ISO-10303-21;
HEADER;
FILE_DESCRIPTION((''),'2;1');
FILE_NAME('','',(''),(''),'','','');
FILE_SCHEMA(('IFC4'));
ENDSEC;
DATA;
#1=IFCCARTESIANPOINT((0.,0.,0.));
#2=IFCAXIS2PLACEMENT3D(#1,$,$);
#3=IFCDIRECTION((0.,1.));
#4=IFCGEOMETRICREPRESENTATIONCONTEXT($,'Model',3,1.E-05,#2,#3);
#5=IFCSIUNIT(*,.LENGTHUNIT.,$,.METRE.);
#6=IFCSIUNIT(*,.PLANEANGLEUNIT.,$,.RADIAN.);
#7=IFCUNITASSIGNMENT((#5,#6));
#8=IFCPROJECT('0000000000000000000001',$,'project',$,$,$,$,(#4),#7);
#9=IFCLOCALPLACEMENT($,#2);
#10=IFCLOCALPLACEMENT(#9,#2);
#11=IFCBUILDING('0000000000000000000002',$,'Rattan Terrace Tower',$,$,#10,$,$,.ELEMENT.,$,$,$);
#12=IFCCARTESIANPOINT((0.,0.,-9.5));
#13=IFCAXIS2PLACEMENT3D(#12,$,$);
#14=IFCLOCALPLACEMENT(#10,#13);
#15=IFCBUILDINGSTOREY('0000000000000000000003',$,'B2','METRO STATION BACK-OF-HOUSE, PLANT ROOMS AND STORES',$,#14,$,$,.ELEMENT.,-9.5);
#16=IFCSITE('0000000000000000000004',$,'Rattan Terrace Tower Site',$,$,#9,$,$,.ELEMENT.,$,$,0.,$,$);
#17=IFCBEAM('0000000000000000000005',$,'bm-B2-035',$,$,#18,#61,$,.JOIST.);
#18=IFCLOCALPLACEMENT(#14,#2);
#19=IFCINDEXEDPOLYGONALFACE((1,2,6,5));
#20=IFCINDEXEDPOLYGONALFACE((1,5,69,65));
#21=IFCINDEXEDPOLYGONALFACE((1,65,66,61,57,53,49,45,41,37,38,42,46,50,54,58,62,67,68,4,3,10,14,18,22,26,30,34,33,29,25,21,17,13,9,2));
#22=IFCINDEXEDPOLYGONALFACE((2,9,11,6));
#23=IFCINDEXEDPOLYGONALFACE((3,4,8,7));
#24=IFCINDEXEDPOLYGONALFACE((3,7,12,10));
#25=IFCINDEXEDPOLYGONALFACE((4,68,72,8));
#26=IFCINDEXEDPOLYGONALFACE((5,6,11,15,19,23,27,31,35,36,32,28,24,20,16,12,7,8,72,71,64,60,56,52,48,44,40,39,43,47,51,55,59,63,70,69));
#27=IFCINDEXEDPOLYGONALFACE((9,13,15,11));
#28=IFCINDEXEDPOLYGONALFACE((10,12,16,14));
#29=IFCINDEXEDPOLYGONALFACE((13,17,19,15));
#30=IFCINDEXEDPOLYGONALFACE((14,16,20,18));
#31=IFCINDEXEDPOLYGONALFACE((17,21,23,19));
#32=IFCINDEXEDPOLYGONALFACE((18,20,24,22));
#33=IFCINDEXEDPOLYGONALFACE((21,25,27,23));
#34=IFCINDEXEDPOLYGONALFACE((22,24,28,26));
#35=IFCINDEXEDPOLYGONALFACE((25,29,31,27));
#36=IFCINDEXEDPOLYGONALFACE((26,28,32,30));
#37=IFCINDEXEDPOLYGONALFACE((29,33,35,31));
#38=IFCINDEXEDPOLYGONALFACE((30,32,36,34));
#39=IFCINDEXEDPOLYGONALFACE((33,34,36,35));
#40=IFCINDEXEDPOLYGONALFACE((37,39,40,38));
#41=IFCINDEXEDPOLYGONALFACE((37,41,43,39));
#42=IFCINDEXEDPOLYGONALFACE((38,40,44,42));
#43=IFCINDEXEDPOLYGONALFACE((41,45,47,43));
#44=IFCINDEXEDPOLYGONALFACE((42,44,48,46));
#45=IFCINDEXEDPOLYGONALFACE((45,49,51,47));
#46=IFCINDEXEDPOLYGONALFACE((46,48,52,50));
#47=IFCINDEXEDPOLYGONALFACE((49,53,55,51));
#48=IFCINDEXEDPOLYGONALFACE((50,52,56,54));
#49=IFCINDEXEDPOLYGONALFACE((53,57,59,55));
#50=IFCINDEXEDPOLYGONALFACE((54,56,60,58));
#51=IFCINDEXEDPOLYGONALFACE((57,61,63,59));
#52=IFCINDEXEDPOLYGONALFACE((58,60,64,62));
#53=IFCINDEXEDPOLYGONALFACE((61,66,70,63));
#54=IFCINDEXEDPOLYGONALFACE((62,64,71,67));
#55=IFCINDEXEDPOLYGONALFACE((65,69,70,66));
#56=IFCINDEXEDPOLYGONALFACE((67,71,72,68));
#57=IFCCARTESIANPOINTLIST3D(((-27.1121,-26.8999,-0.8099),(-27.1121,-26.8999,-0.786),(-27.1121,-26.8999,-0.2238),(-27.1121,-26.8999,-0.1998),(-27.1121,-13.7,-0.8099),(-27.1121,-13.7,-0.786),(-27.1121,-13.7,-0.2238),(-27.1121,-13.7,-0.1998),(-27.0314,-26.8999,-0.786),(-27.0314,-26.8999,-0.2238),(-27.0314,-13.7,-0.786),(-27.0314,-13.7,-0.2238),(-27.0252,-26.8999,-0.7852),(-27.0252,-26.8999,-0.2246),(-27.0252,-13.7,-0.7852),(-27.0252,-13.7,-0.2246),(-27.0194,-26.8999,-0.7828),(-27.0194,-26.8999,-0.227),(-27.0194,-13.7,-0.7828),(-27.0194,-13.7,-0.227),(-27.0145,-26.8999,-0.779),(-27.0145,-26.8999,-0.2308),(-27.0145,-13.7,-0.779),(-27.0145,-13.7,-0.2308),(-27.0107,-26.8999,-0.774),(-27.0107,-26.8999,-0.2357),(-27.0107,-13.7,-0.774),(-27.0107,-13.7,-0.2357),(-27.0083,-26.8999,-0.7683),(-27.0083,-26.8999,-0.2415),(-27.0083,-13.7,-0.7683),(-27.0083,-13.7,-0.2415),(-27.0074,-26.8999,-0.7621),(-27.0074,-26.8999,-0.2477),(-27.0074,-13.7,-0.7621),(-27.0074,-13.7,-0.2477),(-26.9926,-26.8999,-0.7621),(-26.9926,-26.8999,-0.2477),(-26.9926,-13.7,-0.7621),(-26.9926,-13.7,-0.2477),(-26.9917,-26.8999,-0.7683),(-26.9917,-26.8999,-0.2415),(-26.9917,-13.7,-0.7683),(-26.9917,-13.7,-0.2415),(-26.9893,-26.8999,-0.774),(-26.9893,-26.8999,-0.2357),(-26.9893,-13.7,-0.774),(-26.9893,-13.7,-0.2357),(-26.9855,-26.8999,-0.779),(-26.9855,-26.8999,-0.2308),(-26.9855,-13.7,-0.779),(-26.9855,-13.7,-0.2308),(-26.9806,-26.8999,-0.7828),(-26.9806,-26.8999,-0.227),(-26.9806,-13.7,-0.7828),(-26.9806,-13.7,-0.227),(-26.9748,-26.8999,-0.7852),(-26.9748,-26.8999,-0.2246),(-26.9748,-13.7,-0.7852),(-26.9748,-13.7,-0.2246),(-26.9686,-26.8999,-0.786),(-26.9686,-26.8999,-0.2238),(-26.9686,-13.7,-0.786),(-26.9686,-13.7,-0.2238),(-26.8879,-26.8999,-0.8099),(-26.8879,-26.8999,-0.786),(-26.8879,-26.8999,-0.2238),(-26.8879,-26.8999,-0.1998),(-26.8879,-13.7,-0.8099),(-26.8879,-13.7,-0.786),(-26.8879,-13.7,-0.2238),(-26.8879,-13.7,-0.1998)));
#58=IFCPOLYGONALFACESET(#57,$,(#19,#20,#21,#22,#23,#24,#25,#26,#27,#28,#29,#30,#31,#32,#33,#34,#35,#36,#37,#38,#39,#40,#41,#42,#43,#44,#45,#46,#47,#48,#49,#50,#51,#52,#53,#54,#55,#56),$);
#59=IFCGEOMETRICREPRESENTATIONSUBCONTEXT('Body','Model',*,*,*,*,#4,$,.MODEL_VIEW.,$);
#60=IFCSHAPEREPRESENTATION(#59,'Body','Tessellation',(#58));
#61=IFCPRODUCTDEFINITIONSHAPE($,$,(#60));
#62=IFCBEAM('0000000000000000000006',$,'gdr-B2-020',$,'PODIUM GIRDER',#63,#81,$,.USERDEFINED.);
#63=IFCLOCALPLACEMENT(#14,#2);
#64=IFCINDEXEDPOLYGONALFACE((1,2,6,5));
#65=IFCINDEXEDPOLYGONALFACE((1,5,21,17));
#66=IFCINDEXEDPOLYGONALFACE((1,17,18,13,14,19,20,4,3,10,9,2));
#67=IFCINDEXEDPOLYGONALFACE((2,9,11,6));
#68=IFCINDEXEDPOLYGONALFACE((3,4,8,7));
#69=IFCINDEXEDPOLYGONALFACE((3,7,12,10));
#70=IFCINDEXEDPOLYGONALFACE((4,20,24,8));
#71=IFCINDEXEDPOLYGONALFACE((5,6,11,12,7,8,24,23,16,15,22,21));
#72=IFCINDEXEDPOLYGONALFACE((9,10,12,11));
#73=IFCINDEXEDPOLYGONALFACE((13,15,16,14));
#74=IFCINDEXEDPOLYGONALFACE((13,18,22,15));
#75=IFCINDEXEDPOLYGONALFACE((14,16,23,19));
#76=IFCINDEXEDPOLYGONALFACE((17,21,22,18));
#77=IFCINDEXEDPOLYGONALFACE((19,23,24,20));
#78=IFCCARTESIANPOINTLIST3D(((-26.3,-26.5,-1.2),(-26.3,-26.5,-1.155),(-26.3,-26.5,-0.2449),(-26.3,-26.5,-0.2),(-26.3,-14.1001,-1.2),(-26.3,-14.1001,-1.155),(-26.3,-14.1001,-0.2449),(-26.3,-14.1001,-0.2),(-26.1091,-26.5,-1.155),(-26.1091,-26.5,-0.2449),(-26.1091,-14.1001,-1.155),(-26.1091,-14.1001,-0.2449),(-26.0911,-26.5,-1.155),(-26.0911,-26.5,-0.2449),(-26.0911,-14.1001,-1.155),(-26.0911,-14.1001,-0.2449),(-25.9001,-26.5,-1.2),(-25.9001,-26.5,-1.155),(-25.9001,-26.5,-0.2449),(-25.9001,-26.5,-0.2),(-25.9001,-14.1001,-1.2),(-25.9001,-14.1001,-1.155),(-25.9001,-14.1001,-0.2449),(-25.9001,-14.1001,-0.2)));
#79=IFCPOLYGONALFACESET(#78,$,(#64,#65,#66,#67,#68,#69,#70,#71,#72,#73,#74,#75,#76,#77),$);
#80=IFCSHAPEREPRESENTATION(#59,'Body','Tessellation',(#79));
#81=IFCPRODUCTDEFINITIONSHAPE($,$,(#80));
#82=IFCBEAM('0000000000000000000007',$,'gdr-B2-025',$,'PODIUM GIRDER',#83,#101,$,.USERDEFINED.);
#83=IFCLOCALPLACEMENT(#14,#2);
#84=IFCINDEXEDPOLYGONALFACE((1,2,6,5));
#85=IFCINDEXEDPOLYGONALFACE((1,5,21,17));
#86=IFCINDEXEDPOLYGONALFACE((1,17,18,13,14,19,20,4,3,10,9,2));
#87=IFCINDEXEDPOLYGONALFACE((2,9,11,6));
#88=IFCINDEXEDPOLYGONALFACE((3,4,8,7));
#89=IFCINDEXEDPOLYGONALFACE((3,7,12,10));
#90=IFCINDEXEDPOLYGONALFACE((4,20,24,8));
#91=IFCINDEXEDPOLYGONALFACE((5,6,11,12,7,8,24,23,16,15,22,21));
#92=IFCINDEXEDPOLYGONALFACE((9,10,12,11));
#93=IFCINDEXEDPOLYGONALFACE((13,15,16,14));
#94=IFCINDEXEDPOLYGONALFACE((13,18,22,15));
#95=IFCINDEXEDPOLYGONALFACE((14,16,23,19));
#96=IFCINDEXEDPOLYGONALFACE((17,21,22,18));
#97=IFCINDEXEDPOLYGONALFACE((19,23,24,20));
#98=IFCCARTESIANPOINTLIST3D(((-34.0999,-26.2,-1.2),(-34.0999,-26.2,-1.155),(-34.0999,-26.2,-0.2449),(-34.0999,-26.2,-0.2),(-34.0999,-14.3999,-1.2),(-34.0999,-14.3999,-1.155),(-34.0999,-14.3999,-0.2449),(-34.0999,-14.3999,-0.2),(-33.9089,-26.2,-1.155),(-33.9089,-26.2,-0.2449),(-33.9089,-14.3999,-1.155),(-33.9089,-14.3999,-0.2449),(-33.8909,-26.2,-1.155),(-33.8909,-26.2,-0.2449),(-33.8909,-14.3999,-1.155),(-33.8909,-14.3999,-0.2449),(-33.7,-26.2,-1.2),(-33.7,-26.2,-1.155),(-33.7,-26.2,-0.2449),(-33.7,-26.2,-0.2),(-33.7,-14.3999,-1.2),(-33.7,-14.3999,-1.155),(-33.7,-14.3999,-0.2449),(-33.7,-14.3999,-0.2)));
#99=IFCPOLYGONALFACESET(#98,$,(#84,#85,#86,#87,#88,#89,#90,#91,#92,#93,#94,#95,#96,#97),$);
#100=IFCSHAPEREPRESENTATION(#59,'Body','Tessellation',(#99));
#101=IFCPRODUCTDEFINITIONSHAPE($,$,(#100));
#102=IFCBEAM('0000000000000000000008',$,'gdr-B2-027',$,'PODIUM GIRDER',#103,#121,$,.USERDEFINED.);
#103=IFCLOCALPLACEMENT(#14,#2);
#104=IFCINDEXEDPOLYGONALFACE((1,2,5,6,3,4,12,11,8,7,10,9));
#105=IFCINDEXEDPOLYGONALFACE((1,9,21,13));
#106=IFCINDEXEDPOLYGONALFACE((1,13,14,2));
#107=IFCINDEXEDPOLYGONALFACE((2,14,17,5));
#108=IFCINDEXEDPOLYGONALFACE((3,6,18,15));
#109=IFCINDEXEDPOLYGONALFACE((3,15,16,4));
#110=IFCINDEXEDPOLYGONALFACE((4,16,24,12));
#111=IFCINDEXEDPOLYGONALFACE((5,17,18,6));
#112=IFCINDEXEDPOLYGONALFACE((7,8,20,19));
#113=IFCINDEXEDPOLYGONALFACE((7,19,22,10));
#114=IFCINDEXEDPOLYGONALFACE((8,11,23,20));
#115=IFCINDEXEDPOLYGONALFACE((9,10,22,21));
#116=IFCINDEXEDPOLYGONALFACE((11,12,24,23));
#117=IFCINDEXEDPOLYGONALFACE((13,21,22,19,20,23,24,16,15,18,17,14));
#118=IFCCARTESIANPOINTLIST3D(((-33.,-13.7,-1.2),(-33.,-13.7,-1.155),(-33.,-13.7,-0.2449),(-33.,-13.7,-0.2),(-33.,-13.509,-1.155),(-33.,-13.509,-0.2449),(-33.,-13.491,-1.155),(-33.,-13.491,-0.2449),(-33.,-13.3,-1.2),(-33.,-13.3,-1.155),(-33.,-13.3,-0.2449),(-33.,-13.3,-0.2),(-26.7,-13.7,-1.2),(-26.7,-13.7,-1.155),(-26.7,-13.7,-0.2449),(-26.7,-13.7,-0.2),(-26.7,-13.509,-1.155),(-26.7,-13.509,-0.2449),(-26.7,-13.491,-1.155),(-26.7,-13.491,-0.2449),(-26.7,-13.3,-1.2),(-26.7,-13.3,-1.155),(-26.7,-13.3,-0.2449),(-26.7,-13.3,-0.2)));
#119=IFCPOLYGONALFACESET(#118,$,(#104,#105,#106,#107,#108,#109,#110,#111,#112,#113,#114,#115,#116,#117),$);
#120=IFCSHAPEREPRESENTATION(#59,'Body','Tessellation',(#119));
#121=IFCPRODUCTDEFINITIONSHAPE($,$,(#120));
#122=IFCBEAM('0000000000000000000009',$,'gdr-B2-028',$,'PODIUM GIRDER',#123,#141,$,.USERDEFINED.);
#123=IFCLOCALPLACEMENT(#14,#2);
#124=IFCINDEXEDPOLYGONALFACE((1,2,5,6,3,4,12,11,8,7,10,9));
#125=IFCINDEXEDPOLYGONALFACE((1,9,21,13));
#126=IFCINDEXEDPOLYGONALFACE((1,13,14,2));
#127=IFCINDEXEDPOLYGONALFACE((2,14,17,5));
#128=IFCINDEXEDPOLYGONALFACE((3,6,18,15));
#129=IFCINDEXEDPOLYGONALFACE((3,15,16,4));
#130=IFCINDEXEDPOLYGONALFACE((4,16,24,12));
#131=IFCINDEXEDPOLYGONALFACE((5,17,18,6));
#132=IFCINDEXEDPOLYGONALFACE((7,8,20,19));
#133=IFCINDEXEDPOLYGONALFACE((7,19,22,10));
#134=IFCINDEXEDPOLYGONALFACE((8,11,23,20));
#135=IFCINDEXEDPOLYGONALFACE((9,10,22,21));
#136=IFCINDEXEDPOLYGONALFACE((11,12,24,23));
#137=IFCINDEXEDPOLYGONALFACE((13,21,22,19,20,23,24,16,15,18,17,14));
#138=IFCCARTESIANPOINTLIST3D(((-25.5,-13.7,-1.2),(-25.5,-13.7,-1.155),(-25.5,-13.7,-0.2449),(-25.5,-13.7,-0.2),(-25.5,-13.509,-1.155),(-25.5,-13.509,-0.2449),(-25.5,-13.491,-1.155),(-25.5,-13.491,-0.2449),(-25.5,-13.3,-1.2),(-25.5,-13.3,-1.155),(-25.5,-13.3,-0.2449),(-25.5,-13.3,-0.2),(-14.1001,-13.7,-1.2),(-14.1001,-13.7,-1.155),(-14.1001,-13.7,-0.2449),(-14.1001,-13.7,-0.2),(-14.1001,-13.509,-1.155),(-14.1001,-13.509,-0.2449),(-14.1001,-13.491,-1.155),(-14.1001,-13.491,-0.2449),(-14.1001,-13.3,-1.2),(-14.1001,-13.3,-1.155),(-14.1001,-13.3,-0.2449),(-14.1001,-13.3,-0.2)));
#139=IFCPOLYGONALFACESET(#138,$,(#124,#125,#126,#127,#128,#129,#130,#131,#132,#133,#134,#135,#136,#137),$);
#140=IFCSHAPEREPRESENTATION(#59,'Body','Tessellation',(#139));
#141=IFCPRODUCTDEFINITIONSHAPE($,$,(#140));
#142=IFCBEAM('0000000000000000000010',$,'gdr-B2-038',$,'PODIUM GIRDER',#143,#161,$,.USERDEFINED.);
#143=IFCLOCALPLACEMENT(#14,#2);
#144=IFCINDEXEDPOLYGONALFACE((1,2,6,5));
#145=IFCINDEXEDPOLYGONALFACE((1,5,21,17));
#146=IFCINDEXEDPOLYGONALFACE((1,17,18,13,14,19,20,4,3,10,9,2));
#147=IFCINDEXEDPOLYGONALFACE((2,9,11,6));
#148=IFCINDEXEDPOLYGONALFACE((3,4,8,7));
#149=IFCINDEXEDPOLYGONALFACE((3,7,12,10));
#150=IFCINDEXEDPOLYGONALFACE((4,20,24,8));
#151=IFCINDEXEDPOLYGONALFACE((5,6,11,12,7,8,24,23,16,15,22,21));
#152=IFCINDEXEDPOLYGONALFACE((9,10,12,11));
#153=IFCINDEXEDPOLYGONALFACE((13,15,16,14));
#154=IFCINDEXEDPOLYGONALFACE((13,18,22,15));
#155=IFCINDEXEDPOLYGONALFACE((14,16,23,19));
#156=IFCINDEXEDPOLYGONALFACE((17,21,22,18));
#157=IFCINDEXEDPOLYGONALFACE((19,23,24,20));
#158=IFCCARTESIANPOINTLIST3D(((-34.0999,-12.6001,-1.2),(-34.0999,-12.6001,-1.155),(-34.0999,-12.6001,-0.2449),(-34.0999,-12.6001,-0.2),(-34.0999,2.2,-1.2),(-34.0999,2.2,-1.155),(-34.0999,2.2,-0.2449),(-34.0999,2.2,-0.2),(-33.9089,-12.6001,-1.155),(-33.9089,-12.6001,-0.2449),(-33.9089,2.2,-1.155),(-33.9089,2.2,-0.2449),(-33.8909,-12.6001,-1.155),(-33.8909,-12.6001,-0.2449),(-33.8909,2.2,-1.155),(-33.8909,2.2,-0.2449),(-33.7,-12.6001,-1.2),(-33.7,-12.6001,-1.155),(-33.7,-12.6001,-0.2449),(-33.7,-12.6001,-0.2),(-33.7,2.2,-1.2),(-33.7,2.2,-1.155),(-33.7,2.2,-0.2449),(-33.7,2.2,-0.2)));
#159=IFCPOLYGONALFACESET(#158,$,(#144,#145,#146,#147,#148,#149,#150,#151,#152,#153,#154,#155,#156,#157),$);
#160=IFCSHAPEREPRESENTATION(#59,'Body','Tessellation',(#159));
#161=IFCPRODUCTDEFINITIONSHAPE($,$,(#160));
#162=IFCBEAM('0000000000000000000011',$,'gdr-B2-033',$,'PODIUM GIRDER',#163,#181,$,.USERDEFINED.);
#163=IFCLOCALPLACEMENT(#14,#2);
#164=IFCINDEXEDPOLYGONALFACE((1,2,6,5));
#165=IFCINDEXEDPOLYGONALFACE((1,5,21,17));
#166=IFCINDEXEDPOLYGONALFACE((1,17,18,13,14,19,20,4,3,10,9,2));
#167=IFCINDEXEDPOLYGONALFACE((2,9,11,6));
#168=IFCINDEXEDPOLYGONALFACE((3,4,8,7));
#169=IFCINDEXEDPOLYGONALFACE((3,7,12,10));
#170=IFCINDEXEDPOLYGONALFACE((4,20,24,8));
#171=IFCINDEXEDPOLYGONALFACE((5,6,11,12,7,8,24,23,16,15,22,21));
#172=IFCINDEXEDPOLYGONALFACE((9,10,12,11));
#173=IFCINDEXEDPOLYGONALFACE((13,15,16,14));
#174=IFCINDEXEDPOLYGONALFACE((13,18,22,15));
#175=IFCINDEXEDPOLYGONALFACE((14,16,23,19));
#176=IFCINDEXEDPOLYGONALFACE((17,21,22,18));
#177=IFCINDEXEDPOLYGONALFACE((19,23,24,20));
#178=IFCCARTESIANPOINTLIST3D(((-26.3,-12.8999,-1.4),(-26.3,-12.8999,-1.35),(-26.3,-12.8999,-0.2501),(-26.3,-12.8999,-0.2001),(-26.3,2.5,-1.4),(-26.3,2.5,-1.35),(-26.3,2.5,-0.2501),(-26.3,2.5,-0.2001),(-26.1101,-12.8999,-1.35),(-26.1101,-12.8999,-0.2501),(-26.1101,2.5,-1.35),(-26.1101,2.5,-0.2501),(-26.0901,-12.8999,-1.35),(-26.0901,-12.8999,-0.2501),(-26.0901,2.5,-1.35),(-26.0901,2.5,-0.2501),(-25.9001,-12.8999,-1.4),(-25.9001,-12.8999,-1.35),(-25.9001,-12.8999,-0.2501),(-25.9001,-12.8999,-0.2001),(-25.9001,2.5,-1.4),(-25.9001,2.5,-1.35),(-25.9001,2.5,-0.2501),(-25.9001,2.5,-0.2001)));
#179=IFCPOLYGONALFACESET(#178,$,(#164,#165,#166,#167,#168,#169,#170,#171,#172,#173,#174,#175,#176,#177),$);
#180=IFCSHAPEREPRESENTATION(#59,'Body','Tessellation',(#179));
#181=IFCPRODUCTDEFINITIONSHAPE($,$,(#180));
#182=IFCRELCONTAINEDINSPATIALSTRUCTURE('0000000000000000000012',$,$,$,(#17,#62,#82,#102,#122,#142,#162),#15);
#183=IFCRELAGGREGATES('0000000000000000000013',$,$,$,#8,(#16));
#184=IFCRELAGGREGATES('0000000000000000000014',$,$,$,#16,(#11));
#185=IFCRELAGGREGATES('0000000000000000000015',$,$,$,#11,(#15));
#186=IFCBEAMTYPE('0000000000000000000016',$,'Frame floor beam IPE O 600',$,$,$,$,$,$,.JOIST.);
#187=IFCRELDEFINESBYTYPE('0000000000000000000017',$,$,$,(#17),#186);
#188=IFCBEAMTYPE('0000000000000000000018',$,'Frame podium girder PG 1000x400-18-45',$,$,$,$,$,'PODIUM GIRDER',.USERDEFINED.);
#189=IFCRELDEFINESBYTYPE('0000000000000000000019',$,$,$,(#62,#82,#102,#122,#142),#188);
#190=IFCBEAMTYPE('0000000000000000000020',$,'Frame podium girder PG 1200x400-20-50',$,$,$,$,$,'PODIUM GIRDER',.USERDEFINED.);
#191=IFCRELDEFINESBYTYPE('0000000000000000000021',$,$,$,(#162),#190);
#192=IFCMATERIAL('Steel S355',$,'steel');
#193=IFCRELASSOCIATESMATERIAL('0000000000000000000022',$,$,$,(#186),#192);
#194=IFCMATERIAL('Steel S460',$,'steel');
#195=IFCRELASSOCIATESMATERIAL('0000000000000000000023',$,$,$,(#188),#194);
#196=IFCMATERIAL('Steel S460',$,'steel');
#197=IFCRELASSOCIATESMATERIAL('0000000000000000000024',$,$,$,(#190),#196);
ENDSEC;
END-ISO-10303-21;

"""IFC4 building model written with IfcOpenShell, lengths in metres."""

from ifc_helpers import new_model, si_unit, direction, frame, origin, origin_2d, place, context, subcontext, project, spatial, i_section, extrude, material, material_profile, profile_set, type_object, element, save


model = new_model("IFC4")

# Units and contexts
model_context = context("Model", 3, precision=1e-05, world=origin(), true_north=direction((0.0, 1.0)))
body_context = subcontext(model_context, "Body", "Model", "MODEL_VIEW")
ifc_project = project(units=[si_unit("LENGTHUNIT", "METRE"), si_unit("PLANEANGLEUNIT", "RADIAN")], contexts=[model_context])

# Site, building, storey
site_placement = place(None, origin())
site = spatial("IfcSite", under=ifc_project, at=site_placement, Name="Rattan Terrace Tower Site", CompositionType="ELEMENT", RefElevation=0.0)
building_placement = place(site_placement, origin())
building = spatial("IfcBuilding", under=site, at=building_placement, Name="Rattan Terrace Tower", CompositionType="ELEMENT")
storey_placement = place(building_placement, frame((0.0, 0.0, -9.5)))
storey = spatial("IfcBuildingStorey", under=building, at=storey_placement, Name="B2", Description="METRO STATION BACK-OF-HOUSE, PLANT ROOMS AND STORES", CompositionType="ELEMENT", Elevation=-9.5)

# Beams
ifc_material_1 = material(Name="Steel S355", Category="steel")
ifc_material_profile_1 = material_profile(ifc_material_1, i_section(OverallWidth=0.2241, OverallDepth=0.6101, WebThickness=0.0149, FlangeThickness=0.0239, FilletRadius=0.0239, at=origin_2d()), Name="IPE O 600")
ifc_profile_set_1 = profile_set([ifc_material_profile_1], Name="Steel S355")
beam_type_1 = type_object("IfcBeamType", Name="Frame floor beam IPE O 600", PredefinedType="JOIST", material=ifc_profile_set_1)
for number, where, z_axis, x_axis, name in (
    (1, (-27.0, -26.8999, -0.5049), (0.0, 1.0, 0.0), (-1.0, 0.0, 0.0), "bm-B2-035"),
):
    element("IfcBeam", number, at=place(storey_placement, frame(where, z_axis=z_axis, x_axis=x_axis)), inside=storey, type_object=beam_type_1, Name=name, PredefinedType="JOIST", context=body_context, shape_type="SweptSolid", body=[
        extrude(i_section(OverallWidth=0.2241, OverallDepth=0.6101, WebThickness=0.0149, FlangeThickness=0.0239, FilletRadius=0.0239, at=origin_2d()), origin(), (0.0, 0.0, 1.0), 13.2),
    ])
ifc_material_2 = material(Name="Steel S460", Category="steel")
ifc_material_profile_2 = material_profile(ifc_material_2, i_section(OverallWidth=0.3999, OverallDepth=1.0, WebThickness=0.0181, FlangeThickness=0.0449, at=origin_2d()), Name="PG 1000x400-18-45")
ifc_profile_set_2 = profile_set([ifc_material_profile_2], Name="Steel S460")
beam_type_2 = type_object("IfcBeamType", Name="Frame podium girder PG 1000x400-18-45", ElementType="PODIUM GIRDER", PredefinedType="USERDEFINED", material=ifc_profile_set_2)
beam_1_placement = place(storey_placement, frame((-26.1001, -26.5, -0.7), z_axis=(0.0, 1.0, 0.0), x_axis=(-1.0, 0.0, 0.0)))
element("IfcBeam", 2, at=beam_1_placement, inside=storey, type_object=beam_type_2, Name="gdr-B2-020", ObjectType="PODIUM GIRDER", PredefinedType="USERDEFINED", context=body_context, shape_type="SweptSolid", body=[
    extrude(i_section(OverallWidth=0.3999, OverallDepth=1.0, WebThickness=0.0181, FlangeThickness=0.0449, at=origin_2d()), origin(), (0.0, 0.0, 1.0), 12.3999),
])
beam_2_placement = place(storey_placement, frame((-33.8999, -26.2, -0.7), z_axis=(0.0, 1.0, 0.0), x_axis=(-1.0, 0.0, 0.0)))
element("IfcBeam", 3, at=beam_2_placement, inside=storey, type_object=beam_type_2, Name="gdr-B2-025", ObjectType="PODIUM GIRDER", PredefinedType="USERDEFINED", context=body_context, shape_type="SweptSolid", body=[
    extrude(i_section(OverallWidth=0.3999, OverallDepth=1.0, WebThickness=0.0181, FlangeThickness=0.0449, at=origin_2d()), origin(), (0.0, 0.0, 1.0), 11.8),
])
beam_3_placement = place(storey_placement, frame((-33.0, -13.5, -0.7), z_axis=(1.0, 0.0, 0.0), x_axis=(0.0, 1.0, 0.0)))
element("IfcBeam", 4, at=beam_3_placement, inside=storey, type_object=beam_type_2, Name="gdr-B2-027", ObjectType="PODIUM GIRDER", PredefinedType="USERDEFINED", context=body_context, shape_type="SweptSolid", body=[
    extrude(i_section(OverallWidth=0.3999, OverallDepth=1.0, WebThickness=0.0181, FlangeThickness=0.0449, at=origin_2d()), origin(), (0.0, 0.0, 1.0), 6.3),
])
beam_4_placement = place(storey_placement, frame((-25.5, -13.5, -0.7), z_axis=(1.0, 0.0, 0.0), x_axis=(0.0, 1.0, 0.0)))
element("IfcBeam", 5, at=beam_4_placement, inside=storey, type_object=beam_type_2, Name="gdr-B2-028", ObjectType="PODIUM GIRDER", PredefinedType="USERDEFINED", context=body_context, shape_type="SweptSolid", body=[
    extrude(i_section(OverallWidth=0.3999, OverallDepth=1.0, WebThickness=0.0181, FlangeThickness=0.0449, at=origin_2d()), origin(), (0.0, 0.0, 1.0), 11.3999),
])
beam_5_placement = place(storey_placement, frame((-33.8999, -12.6001, -0.7), z_axis=(0.0, 1.0, 0.0), x_axis=(-1.0, 0.0, 0.0)))
element("IfcBeam", 6, at=beam_5_placement, inside=storey, type_object=beam_type_2, Name="gdr-B2-038", ObjectType="PODIUM GIRDER", PredefinedType="USERDEFINED", context=body_context, shape_type="SweptSolid", body=[
    extrude(i_section(OverallWidth=0.3999, OverallDepth=1.0, WebThickness=0.0181, FlangeThickness=0.0449, at=origin_2d()), origin(), (0.0, 0.0, 1.0), 14.8),
])
ifc_material_3 = material(Name="Steel S460", Category="steel")
ifc_material_profile_3 = material_profile(ifc_material_3, i_section(OverallWidth=0.3999, OverallDepth=1.2, WebThickness=0.02, FlangeThickness=0.05, at=origin_2d()), Name="PG 1200x400-20-50")
ifc_profile_set_3 = profile_set([ifc_material_profile_3], Name="Steel S460")
beam_type_3 = type_object("IfcBeamType", Name="Frame podium girder PG 1200x400-20-50", ElementType="PODIUM GIRDER", PredefinedType="USERDEFINED", material=ifc_profile_set_3)
beam_6_placement = place(storey_placement, frame((-26.1001, -12.8999, -0.8), z_axis=(0.0, 1.0, 0.0), x_axis=(-1.0, 0.0, 0.0)))
element("IfcBeam", 7, at=beam_6_placement, inside=storey, type_object=beam_type_3, Name="gdr-B2-033", ObjectType="PODIUM GIRDER", PredefinedType="USERDEFINED", context=body_context, shape_type="SweptSolid", body=[
    extrude(i_section(OverallWidth=0.3999, OverallDepth=1.2, WebThickness=0.02, FlangeThickness=0.05, at=origin_2d()), origin(), (0.0, 0.0, 1.0), 15.3999),
])

save(model, "model.ifc")
